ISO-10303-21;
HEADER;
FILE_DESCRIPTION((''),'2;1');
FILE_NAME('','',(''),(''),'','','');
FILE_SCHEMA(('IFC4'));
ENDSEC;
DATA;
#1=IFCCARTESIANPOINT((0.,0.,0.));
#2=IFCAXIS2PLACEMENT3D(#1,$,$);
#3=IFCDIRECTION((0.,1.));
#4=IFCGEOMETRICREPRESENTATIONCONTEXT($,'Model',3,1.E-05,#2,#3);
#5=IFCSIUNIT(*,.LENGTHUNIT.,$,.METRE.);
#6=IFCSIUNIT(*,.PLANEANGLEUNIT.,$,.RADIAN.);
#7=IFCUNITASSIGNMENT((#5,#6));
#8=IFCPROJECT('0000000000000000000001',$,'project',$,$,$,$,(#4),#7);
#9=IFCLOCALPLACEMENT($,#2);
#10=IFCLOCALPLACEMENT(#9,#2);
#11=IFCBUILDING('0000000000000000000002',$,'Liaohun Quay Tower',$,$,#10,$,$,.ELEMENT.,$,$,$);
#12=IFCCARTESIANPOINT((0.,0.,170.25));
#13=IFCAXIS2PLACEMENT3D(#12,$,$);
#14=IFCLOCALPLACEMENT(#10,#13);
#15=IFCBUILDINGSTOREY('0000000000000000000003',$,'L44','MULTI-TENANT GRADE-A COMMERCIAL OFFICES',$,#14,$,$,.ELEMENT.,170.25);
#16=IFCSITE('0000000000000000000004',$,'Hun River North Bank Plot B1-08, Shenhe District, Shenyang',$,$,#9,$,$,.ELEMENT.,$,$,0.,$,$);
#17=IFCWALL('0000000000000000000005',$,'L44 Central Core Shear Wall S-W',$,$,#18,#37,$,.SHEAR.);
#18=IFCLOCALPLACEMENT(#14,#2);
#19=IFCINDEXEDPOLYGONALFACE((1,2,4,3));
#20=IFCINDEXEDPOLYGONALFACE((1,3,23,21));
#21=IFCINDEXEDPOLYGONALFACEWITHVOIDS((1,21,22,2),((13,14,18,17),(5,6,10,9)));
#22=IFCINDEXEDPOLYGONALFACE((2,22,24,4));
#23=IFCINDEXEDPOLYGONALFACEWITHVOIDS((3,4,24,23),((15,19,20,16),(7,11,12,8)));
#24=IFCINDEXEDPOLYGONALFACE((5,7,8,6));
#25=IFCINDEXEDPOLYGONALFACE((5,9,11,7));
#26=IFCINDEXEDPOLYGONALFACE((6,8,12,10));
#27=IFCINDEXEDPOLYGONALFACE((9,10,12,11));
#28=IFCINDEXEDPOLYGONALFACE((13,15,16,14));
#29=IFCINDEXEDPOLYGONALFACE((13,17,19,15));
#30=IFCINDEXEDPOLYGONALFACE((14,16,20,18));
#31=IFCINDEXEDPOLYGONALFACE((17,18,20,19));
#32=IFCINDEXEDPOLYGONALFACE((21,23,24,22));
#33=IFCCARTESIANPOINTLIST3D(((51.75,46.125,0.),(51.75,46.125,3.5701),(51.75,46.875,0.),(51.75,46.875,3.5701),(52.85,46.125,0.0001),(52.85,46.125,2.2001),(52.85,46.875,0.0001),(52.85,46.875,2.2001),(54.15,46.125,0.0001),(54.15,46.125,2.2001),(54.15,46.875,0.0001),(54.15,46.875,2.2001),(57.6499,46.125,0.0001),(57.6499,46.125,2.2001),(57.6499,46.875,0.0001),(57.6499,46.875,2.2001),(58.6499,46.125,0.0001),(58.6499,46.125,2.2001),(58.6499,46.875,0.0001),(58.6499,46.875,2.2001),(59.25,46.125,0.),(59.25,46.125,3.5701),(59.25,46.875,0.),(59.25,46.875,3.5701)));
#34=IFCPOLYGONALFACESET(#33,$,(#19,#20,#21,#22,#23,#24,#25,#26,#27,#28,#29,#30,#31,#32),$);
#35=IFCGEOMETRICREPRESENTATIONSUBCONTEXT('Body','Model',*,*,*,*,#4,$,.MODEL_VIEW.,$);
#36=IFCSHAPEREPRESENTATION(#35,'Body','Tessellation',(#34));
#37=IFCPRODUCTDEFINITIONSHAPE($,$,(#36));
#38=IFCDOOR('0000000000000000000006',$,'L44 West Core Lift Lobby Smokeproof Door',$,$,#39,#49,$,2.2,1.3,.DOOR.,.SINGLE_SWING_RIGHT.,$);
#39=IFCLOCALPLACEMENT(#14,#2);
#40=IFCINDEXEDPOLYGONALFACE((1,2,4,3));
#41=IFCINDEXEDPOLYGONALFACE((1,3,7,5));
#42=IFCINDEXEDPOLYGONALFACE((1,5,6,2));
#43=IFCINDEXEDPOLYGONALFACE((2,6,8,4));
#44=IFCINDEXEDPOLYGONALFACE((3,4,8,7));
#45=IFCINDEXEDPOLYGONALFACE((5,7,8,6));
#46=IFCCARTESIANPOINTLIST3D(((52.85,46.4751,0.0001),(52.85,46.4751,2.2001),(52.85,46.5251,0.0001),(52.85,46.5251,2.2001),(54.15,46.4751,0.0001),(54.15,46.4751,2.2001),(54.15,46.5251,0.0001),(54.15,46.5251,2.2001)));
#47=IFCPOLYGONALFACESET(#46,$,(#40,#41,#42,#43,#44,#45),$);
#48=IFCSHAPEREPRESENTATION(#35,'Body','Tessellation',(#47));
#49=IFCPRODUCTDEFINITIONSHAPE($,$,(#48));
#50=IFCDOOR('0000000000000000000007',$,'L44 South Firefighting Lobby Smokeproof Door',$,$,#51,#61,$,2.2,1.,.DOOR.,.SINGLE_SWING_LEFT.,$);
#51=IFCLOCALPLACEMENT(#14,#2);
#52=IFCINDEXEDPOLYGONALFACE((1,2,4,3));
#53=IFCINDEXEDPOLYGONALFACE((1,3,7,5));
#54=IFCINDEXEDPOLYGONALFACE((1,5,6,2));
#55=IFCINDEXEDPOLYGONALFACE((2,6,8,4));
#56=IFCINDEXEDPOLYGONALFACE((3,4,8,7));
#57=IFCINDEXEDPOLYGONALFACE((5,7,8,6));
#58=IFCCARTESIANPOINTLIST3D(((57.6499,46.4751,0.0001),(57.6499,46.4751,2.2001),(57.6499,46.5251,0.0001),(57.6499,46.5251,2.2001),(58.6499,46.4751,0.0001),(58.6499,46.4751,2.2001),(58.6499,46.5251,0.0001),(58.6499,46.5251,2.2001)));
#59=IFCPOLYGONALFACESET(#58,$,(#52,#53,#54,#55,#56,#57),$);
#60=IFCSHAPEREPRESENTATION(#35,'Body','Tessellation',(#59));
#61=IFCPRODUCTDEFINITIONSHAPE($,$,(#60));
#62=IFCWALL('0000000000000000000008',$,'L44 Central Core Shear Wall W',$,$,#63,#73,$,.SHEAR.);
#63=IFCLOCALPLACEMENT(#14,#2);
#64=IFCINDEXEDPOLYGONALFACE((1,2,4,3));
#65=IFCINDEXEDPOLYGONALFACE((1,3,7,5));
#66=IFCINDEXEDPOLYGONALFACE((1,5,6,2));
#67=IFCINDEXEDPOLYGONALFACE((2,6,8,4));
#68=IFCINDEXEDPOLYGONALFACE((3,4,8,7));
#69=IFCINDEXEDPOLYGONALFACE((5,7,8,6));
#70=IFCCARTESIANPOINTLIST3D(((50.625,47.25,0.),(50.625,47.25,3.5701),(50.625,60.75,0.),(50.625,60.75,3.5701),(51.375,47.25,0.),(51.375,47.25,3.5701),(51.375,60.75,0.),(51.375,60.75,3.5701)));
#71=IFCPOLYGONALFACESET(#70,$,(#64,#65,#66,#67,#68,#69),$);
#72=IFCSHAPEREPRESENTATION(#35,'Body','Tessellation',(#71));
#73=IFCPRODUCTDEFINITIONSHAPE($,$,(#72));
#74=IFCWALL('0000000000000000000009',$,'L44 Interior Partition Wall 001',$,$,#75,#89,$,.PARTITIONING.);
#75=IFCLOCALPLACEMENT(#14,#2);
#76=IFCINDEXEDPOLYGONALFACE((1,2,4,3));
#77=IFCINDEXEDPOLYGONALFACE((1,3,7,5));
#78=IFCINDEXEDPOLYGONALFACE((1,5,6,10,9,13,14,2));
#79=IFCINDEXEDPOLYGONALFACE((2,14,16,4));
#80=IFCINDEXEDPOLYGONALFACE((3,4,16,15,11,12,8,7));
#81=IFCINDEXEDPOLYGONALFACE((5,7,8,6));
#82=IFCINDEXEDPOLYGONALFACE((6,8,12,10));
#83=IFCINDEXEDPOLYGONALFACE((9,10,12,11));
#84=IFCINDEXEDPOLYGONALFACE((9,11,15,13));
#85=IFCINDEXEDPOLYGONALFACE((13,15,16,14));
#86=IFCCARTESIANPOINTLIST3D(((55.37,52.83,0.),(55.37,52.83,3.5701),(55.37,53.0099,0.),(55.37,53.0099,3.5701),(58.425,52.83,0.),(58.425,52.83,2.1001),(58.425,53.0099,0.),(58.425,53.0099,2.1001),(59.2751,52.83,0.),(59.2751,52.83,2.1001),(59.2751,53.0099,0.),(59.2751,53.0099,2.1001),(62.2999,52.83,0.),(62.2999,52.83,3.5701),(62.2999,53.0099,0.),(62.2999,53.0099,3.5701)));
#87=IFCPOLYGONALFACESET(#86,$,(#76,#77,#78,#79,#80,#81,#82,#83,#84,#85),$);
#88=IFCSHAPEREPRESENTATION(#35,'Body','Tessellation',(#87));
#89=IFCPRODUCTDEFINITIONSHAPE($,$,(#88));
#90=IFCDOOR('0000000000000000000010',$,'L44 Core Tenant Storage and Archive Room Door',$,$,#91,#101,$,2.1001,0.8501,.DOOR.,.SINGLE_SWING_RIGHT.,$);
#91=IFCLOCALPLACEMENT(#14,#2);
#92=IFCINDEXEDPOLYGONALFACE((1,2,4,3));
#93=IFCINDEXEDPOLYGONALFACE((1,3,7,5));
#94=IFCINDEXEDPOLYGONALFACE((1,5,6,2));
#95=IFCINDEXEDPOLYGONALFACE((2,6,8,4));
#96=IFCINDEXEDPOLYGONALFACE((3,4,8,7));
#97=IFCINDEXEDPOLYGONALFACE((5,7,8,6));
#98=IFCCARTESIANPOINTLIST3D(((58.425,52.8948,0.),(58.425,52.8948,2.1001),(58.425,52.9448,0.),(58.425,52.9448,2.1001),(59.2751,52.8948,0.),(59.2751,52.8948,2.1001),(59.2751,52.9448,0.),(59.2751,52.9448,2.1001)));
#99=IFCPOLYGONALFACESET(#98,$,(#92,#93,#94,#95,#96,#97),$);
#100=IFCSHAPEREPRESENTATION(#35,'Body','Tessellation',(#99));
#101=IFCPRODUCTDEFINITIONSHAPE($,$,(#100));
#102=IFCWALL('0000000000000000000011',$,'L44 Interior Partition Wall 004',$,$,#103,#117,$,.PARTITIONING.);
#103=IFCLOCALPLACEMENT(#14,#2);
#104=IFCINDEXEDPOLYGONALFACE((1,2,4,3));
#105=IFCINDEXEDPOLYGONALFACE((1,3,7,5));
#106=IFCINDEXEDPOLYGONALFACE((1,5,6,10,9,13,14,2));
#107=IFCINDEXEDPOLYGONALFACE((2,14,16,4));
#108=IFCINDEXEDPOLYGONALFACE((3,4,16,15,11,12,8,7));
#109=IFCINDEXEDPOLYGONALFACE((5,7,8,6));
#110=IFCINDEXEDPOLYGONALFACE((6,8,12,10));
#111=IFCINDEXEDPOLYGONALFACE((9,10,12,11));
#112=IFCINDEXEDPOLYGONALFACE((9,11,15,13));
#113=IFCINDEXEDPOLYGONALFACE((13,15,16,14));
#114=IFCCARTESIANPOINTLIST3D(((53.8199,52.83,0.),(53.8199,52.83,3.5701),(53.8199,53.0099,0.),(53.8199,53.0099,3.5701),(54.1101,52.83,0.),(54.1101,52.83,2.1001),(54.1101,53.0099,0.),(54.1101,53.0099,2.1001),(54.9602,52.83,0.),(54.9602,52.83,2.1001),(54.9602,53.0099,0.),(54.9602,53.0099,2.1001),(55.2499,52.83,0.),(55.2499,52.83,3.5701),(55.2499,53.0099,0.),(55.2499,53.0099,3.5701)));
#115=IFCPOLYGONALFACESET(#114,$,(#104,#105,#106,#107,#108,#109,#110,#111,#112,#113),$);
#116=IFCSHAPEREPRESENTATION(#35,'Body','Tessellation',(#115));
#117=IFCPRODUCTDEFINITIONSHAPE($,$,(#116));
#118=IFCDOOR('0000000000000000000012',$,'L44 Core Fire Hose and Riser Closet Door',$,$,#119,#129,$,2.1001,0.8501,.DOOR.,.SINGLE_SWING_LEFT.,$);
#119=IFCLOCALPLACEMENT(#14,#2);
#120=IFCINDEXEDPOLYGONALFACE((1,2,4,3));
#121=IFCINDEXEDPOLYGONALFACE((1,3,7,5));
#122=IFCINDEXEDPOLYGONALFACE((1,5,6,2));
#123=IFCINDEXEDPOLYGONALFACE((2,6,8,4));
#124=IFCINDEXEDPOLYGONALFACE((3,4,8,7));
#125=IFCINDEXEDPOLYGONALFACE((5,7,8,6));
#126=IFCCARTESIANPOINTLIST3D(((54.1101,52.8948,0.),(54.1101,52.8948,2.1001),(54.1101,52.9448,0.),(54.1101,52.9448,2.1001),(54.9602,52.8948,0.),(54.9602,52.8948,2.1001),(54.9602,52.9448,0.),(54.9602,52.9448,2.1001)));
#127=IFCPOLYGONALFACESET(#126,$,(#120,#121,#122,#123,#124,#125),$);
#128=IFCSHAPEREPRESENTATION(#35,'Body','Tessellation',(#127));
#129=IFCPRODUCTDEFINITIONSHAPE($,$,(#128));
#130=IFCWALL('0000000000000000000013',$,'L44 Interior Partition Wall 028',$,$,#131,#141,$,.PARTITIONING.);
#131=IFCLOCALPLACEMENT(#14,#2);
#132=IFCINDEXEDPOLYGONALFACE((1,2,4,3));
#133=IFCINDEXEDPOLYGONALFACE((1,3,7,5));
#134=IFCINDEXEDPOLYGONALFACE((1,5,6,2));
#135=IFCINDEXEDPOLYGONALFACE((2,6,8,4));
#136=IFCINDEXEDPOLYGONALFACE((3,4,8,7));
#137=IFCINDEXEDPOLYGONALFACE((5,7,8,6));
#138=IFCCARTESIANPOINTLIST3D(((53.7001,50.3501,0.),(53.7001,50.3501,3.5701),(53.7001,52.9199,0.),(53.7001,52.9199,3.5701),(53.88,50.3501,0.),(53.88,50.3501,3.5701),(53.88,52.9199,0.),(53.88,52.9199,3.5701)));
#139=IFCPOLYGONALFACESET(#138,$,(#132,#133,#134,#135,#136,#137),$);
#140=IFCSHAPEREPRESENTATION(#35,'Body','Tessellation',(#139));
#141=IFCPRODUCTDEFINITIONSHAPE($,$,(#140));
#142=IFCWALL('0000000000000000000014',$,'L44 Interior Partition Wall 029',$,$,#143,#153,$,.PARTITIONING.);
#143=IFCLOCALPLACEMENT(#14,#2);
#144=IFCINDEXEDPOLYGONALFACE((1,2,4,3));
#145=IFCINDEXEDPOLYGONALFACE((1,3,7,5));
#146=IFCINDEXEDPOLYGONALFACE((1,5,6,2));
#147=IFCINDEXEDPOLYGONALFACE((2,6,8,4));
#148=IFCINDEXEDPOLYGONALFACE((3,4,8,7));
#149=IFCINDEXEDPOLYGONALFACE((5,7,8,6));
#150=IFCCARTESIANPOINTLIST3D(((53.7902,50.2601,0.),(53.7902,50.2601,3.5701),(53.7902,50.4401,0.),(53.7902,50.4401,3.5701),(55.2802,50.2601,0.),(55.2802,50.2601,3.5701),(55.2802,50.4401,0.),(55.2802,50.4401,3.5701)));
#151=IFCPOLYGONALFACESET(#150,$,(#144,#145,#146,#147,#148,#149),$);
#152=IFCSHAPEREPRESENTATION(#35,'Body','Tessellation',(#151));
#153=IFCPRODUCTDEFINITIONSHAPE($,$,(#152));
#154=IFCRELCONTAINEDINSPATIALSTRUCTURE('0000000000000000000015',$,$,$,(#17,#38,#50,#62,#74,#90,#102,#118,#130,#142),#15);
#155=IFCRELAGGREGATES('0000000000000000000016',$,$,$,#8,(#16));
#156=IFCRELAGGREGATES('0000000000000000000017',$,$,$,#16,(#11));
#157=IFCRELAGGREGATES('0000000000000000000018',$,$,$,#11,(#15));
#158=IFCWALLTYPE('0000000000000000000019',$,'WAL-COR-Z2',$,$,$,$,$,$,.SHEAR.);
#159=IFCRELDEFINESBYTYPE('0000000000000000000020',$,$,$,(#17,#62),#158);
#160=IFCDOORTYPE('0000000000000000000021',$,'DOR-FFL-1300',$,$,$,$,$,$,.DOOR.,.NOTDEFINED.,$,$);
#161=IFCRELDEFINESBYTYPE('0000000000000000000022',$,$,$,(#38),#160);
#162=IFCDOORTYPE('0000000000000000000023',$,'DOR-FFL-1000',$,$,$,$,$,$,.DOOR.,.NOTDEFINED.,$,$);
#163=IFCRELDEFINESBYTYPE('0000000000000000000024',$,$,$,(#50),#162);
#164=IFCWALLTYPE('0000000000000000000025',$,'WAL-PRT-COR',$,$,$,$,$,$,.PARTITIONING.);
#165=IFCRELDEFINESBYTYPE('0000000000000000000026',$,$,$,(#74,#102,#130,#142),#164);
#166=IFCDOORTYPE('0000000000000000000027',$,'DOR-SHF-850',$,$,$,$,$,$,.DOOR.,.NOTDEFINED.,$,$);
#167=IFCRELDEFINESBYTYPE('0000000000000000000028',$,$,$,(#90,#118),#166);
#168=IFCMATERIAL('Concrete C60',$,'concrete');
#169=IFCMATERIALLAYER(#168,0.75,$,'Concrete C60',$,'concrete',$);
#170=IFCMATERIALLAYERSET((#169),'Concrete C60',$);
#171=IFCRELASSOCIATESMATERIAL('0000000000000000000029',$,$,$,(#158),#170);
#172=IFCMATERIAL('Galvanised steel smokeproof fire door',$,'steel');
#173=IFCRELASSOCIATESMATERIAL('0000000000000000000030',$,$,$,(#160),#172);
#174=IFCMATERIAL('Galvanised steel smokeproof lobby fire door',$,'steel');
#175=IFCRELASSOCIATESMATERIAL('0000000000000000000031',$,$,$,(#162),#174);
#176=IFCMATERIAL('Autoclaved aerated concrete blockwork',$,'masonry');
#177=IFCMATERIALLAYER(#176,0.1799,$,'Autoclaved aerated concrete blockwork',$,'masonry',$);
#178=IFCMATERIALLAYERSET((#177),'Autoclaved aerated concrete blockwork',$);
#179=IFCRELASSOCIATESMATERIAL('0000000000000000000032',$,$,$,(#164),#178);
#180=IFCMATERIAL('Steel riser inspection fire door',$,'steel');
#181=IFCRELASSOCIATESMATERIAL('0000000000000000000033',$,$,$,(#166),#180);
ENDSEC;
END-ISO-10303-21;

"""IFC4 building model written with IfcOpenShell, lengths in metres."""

from ifc_helpers import new_model, si_unit, direction, frame, frame_2d, origin, place, context, subcontext, project, spatial, rectangle, extrude, source, transform, mapped, material, layer, layer_set, type_object, element, fill, save


model = new_model("IFC4")

# Units and contexts
model_context = context("Model", 3, precision=1e-05, world=origin(), true_north=direction((0.0, 1.0)))
body_context = subcontext(model_context, "Body", "Model", "MODEL_VIEW")
ifc_project = project(units=[si_unit("LENGTHUNIT", "METRE"), si_unit("PLANEANGLEUNIT", "RADIAN")], contexts=[model_context])

# Site, building, storey
site_placement = place(None, origin())
site = spatial("IfcSite", under=ifc_project, at=site_placement, Name="Hun River North Bank Plot B1-08, Shenhe District, Shenyang", CompositionType="ELEMENT", RefElevation=0.0)
building_placement = place(site_placement, origin())
building = spatial("IfcBuilding", under=site, at=building_placement, Name="Liaohun Quay Tower", CompositionType="ELEMENT")
storey_placement = place(building_placement, frame((0.0, 0.0, 170.25)))
storey = spatial("IfcBuildingStorey", under=building, at=storey_placement, Name="L44", Description="MULTI-TENANT GRADE-A COMMERCIAL OFFICES", CompositionType="ELEMENT", Elevation=170.25)

# Wall, openings, doors
ifc_material_1 = material(Name="Concrete C60", Category="concrete")
ifc_layer_1 = layer(ifc_material_1, 0.75, Name="Concrete C60", Category="concrete")
ifc_layer_set_1 = layer_set([ifc_layer_1], Name="Concrete C60")
wall_type_1 = type_object("IfcWallType", Name="WAL-COR-Z2", PredefinedType="SHEAR", material=ifc_layer_set_1)
wall_1_placement = place(storey_placement, frame((59.25, 46.5, 0.0), z_axis=(0.0, 0.0, 1.0), x_axis=(-1.0, 0.0, 0.0)))
wall_1 = element("IfcWall", 1, at=wall_1_placement, inside=storey, type_object=wall_type_1, Name="L44 Central Core Shear Wall S-W", PredefinedType="SHEAR", context=body_context, shape_type="SweptSolid", body=[
    extrude(rectangle(XDim=7.5, YDim=0.75, at=frame_2d((3.75, 0.0))), origin(), (0.0, 0.0, 1.0), 3.5701),
])
shared_shape_1 = source(origin(), body_context, "Body", "SweptSolid", [
    extrude(rectangle(XDim=1.3, YDim=2.2, at=frame_2d((0.6499, 1.1001))), frame((0.0, 0.385, 0.0), z_axis=(0.0, -1.0, 0.0), x_axis=(1.0, 0.0, 0.0)), (0.0, 0.0, 1.0), 0.77),
])
opening_1_placement = place(wall_1_placement, frame((5.1001, 0.0, 0.0)))
opening_1 = element("IfcOpeningElement", 2, at=opening_1_placement, cuts=wall_1, PredefinedType="OPENING", context=body_context, shape_type="MappedRepresentation", body=[
    mapped(shared_shape_1, transform((0.0, 0.0, 0.0), x_axis=(1.0, 0.0, 0.0), y_axis=(0.0, 1.0, 0.0), z_axis=(0.0, 0.0, 1.0), scale=1.0)),
])
shared_shape_2 = source(origin(), body_context, "Body", "SweptSolid", [
    extrude(rectangle(XDim=1.0, YDim=2.2, at=frame_2d((0.5, 1.1001))), frame((0.0, 0.385, 0.0), z_axis=(0.0, -1.0, 0.0), x_axis=(1.0, 0.0, 0.0)), (0.0, 0.0, 1.0), 0.77),
])
opening_2_placement = place(wall_1_placement, frame((0.6001, 0.0, 0.0)))
opening_2 = element("IfcOpeningElement", 3, at=opening_2_placement, cuts=wall_1, PredefinedType="OPENING", context=body_context, shape_type="MappedRepresentation", body=[
    mapped(shared_shape_2, transform((0.0, 0.0, 0.0), x_axis=(1.0, 0.0, 0.0), y_axis=(0.0, 1.0, 0.0), z_axis=(0.0, 0.0, 1.0), scale=1.0)),
])
ifc_material_2 = material(Name="Galvanised steel smokeproof fire door", Category="steel")
door_type_1 = type_object("IfcDoorType", Name="DOR-FFL-1300", OperationType="NOTDEFINED", PredefinedType="DOOR", material=ifc_material_2)
shared_shape_3 = source(origin(), body_context, "Body", "SweptSolid", [
    extrude(rectangle(XDim=1.3, YDim=2.2, at=frame_2d((0.6499, 1.1001))), frame((0.0, 0.0249, 0.0), z_axis=(0.0, -1.0, 0.0), x_axis=(1.0, 0.0, 0.0)), (0.0, 0.0, 1.0), 0.05),
])
door_1_placement = place(opening_1_placement, origin())
door_1 = element("IfcDoor", 4, at=door_1_placement, inside=storey, type_object=door_type_1, Name="L44 West Core Lift Lobby Smokeproof Door", OperationType="SINGLE_SWING_RIGHT", OverallHeight=2.2, OverallWidth=1.3, PredefinedType="DOOR", context=body_context, shape_type="MappedRepresentation", body=[
    mapped(shared_shape_3, transform((0.0, 0.0, 0.0), x_axis=(1.0, 0.0, 0.0), y_axis=(0.0, 1.0, 0.0), z_axis=(0.0, 0.0, 1.0), scale=1.0)),
])
fill(opening_1, door_1)
ifc_material_3 = material(Name="Galvanised steel smokeproof lobby fire door", Category="steel")
door_type_2 = type_object("IfcDoorType", Name="DOR-FFL-1000", OperationType="NOTDEFINED", PredefinedType="DOOR", material=ifc_material_3)
shared_shape_4 = source(origin(), body_context, "Body", "SweptSolid", [
    extrude(rectangle(XDim=1.0, YDim=2.2, at=frame_2d((0.5, 1.1001))), frame((0.0, 0.0249, 0.0), z_axis=(0.0, -1.0, 0.0), x_axis=(1.0, 0.0, 0.0)), (0.0, 0.0, 1.0), 0.05),
])
door_2_placement = place(opening_2_placement, origin())
door_2 = element("IfcDoor", 5, at=door_2_placement, inside=storey, type_object=door_type_2, Name="L44 South Firefighting Lobby Smokeproof Door", OperationType="SINGLE_SWING_LEFT", OverallHeight=2.2, OverallWidth=1.0, PredefinedType="DOOR", context=body_context, shape_type="MappedRepresentation", body=[
    mapped(shared_shape_4, transform((0.0, 0.0, 0.0), x_axis=(1.0, 0.0, 0.0), y_axis=(0.0, 1.0, 0.0), z_axis=(0.0, 0.0, 1.0), scale=1.0)),
])
fill(opening_2, door_2)

# Wall
wall_2_placement = place(storey_placement, frame((51.0, 47.25, 0.0), z_axis=(0.0, 0.0, 1.0), x_axis=(0.0, 1.0, 0.0)))
element("IfcWall", 6, at=wall_2_placement, inside=storey, type_object=wall_type_1, Name="L44 Central Core Shear Wall W", PredefinedType="SHEAR", context=body_context, shape_type="SweptSolid", body=[
    extrude(rectangle(XDim=13.5, YDim=0.75, at=frame_2d((6.75, 0.0))), origin(), (0.0, 0.0, 1.0), 3.5701),
])

# Walls, openings, doors
ifc_material_4 = material(Name="Autoclaved aerated concrete blockwork", Category="masonry")
ifc_layer_2 = layer(ifc_material_4, 0.1799, Name="Autoclaved aerated concrete blockwork", Category="masonry")
ifc_layer_set_2 = layer_set([ifc_layer_2], Name="Autoclaved aerated concrete blockwork")
wall_type_2 = type_object("IfcWallType", Name="WAL-PRT-COR", PredefinedType="PARTITIONING", material=ifc_layer_set_2)
wall_3_placement = place(storey_placement, frame((55.3701, 52.9199, 0.0), z_axis=(0.0, 0.0, 1.0), x_axis=(1.0, 0.0, 0.0)))
wall_3 = element("IfcWall", 7, at=wall_3_placement, inside=storey, type_object=wall_type_2, Name="L44 Interior Partition Wall 001", PredefinedType="PARTITIONING", context=body_context, shape_type="SweptSolid", body=[
    extrude(rectangle(XDim=6.9299, YDim=0.1799, at=frame_2d((3.4648, 0.0))), origin(), (0.0, 0.0, 1.0), 3.5701),
])
shared_shape_5 = source(origin(), body_context, "Body", "SweptSolid", [
    extrude(rectangle(XDim=0.8501, YDim=2.1001, at=frame_2d((0.425, 1.05))), frame((0.0, 0.0999, 0.0), z_axis=(0.0, -1.0, 0.0), x_axis=(1.0, 0.0, 0.0)), (0.0, 0.0, 1.0), 0.2),
])
opening_3_placement = place(wall_3_placement, frame((3.0549, 0.0, 0.0)))
opening_3 = element("IfcOpeningElement", 8, at=opening_3_placement, cuts=wall_3, PredefinedType="OPENING", context=body_context, shape_type="MappedRepresentation", body=[
    mapped(shared_shape_5, transform((0.0, 0.0, 0.0), x_axis=(1.0, 0.0, 0.0), y_axis=(0.0, 1.0, 0.0), z_axis=(0.0, 0.0, 1.0), scale=1.0)),
])
ifc_material_5 = material(Name="Steel riser inspection fire door", Category="steel")
door_type_3 = type_object("IfcDoorType", Name="DOR-SHF-850", OperationType="NOTDEFINED", PredefinedType="DOOR", material=ifc_material_5)
shared_shape_6 = source(origin(), body_context, "Body", "SweptSolid", [
    extrude(rectangle(XDim=0.8501, YDim=2.1001, at=frame_2d((0.425, 1.05))), frame((0.0, 0.0249, 0.0), z_axis=(0.0, -1.0, 0.0), x_axis=(1.0, 0.0, 0.0)), (0.0, 0.0, 1.0), 0.05),
])
door_3_placement = place(opening_3_placement, origin())
door_3 = element("IfcDoor", 9, at=door_3_placement, inside=storey, type_object=door_type_3, Name="L44 Core Tenant Storage and Archive Room Door", OperationType="SINGLE_SWING_RIGHT", OverallHeight=2.1001, OverallWidth=0.8501, PredefinedType="DOOR", context=body_context, shape_type="MappedRepresentation", body=[
    mapped(shared_shape_6, transform((0.0, 0.0, 0.0), x_axis=(1.0, 0.0, 0.0), y_axis=(0.0, 1.0, 0.0), z_axis=(0.0, 0.0, 1.0), scale=1.0)),
])
fill(opening_3, door_3)
wall_4_placement = place(storey_placement, frame((53.8201, 52.9199, 0.0), z_axis=(0.0, 0.0, 1.0), x_axis=(1.0, 0.0, 0.0)))
wall_4 = element("IfcWall", 10, at=wall_4_placement, inside=storey, type_object=wall_type_2, Name="L44 Interior Partition Wall 004", PredefinedType="PARTITIONING", context=body_context, shape_type="SweptSolid", body=[
    extrude(rectangle(XDim=1.4299, YDim=0.1799, at=frame_2d((0.7148, 0.0))), origin(), (0.0, 0.0, 1.0), 3.5701),
])
opening_4_placement = place(wall_4_placement, frame((0.29, 0.0, 0.0)))
opening_4 = element("IfcOpeningElement", 11, at=opening_4_placement, cuts=wall_4, PredefinedType="OPENING", context=body_context, shape_type="MappedRepresentation", body=[
    mapped(shared_shape_5, transform((0.0, 0.0, 0.0), x_axis=(1.0, 0.0, 0.0), y_axis=(0.0, 1.0, 0.0), z_axis=(0.0, 0.0, 1.0), scale=1.0)),
])
door_4_placement = place(opening_4_placement, origin())
door_4 = element("IfcDoor", 12, at=door_4_placement, inside=storey, type_object=door_type_3, Name="L44 Core Fire Hose and Riser Closet Door", OperationType="SINGLE_SWING_LEFT", OverallHeight=2.1001, OverallWidth=0.8501, PredefinedType="DOOR", context=body_context, shape_type="MappedRepresentation", body=[
    mapped(shared_shape_6, transform((0.0, 0.0, 0.0), x_axis=(1.0, 0.0, 0.0), y_axis=(0.0, 1.0, 0.0), z_axis=(0.0, 0.0, 1.0), scale=1.0)),
])
fill(opening_4, door_4)

# Walls
wall_5_placement = place(storey_placement, frame((53.79, 50.3501, 0.0), z_axis=(0.0, 0.0, 1.0), x_axis=(0.0, 1.0, 0.0)))
element("IfcWall", 13, at=wall_5_placement, inside=storey, type_object=wall_type_2, Name="L44 Interior Partition Wall 028", PredefinedType="PARTITIONING", context=body_context, shape_type="SweptSolid", body=[
    extrude(rectangle(XDim=2.5698, YDim=0.1799, at=frame_2d((1.2849, 0.0))), origin(), (0.0, 0.0, 1.0), 3.5701),
])
wall_6_placement = place(storey_placement, frame((53.79, 50.3501, 0.0), z_axis=(0.0, 0.0, 1.0), x_axis=(1.0, 0.0, 0.0)))
element("IfcWall", 14, at=wall_6_placement, inside=storey, type_object=wall_type_2, Name="L44 Interior Partition Wall 029", PredefinedType="PARTITIONING", context=body_context, shape_type="SweptSolid", body=[
    extrude(rectangle(XDim=1.49, YDim=0.1799, at=frame_2d((0.7451, 0.0))), origin(), (0.0, 0.0, 1.0), 3.5701),
])

save(model, "model.ifc")
